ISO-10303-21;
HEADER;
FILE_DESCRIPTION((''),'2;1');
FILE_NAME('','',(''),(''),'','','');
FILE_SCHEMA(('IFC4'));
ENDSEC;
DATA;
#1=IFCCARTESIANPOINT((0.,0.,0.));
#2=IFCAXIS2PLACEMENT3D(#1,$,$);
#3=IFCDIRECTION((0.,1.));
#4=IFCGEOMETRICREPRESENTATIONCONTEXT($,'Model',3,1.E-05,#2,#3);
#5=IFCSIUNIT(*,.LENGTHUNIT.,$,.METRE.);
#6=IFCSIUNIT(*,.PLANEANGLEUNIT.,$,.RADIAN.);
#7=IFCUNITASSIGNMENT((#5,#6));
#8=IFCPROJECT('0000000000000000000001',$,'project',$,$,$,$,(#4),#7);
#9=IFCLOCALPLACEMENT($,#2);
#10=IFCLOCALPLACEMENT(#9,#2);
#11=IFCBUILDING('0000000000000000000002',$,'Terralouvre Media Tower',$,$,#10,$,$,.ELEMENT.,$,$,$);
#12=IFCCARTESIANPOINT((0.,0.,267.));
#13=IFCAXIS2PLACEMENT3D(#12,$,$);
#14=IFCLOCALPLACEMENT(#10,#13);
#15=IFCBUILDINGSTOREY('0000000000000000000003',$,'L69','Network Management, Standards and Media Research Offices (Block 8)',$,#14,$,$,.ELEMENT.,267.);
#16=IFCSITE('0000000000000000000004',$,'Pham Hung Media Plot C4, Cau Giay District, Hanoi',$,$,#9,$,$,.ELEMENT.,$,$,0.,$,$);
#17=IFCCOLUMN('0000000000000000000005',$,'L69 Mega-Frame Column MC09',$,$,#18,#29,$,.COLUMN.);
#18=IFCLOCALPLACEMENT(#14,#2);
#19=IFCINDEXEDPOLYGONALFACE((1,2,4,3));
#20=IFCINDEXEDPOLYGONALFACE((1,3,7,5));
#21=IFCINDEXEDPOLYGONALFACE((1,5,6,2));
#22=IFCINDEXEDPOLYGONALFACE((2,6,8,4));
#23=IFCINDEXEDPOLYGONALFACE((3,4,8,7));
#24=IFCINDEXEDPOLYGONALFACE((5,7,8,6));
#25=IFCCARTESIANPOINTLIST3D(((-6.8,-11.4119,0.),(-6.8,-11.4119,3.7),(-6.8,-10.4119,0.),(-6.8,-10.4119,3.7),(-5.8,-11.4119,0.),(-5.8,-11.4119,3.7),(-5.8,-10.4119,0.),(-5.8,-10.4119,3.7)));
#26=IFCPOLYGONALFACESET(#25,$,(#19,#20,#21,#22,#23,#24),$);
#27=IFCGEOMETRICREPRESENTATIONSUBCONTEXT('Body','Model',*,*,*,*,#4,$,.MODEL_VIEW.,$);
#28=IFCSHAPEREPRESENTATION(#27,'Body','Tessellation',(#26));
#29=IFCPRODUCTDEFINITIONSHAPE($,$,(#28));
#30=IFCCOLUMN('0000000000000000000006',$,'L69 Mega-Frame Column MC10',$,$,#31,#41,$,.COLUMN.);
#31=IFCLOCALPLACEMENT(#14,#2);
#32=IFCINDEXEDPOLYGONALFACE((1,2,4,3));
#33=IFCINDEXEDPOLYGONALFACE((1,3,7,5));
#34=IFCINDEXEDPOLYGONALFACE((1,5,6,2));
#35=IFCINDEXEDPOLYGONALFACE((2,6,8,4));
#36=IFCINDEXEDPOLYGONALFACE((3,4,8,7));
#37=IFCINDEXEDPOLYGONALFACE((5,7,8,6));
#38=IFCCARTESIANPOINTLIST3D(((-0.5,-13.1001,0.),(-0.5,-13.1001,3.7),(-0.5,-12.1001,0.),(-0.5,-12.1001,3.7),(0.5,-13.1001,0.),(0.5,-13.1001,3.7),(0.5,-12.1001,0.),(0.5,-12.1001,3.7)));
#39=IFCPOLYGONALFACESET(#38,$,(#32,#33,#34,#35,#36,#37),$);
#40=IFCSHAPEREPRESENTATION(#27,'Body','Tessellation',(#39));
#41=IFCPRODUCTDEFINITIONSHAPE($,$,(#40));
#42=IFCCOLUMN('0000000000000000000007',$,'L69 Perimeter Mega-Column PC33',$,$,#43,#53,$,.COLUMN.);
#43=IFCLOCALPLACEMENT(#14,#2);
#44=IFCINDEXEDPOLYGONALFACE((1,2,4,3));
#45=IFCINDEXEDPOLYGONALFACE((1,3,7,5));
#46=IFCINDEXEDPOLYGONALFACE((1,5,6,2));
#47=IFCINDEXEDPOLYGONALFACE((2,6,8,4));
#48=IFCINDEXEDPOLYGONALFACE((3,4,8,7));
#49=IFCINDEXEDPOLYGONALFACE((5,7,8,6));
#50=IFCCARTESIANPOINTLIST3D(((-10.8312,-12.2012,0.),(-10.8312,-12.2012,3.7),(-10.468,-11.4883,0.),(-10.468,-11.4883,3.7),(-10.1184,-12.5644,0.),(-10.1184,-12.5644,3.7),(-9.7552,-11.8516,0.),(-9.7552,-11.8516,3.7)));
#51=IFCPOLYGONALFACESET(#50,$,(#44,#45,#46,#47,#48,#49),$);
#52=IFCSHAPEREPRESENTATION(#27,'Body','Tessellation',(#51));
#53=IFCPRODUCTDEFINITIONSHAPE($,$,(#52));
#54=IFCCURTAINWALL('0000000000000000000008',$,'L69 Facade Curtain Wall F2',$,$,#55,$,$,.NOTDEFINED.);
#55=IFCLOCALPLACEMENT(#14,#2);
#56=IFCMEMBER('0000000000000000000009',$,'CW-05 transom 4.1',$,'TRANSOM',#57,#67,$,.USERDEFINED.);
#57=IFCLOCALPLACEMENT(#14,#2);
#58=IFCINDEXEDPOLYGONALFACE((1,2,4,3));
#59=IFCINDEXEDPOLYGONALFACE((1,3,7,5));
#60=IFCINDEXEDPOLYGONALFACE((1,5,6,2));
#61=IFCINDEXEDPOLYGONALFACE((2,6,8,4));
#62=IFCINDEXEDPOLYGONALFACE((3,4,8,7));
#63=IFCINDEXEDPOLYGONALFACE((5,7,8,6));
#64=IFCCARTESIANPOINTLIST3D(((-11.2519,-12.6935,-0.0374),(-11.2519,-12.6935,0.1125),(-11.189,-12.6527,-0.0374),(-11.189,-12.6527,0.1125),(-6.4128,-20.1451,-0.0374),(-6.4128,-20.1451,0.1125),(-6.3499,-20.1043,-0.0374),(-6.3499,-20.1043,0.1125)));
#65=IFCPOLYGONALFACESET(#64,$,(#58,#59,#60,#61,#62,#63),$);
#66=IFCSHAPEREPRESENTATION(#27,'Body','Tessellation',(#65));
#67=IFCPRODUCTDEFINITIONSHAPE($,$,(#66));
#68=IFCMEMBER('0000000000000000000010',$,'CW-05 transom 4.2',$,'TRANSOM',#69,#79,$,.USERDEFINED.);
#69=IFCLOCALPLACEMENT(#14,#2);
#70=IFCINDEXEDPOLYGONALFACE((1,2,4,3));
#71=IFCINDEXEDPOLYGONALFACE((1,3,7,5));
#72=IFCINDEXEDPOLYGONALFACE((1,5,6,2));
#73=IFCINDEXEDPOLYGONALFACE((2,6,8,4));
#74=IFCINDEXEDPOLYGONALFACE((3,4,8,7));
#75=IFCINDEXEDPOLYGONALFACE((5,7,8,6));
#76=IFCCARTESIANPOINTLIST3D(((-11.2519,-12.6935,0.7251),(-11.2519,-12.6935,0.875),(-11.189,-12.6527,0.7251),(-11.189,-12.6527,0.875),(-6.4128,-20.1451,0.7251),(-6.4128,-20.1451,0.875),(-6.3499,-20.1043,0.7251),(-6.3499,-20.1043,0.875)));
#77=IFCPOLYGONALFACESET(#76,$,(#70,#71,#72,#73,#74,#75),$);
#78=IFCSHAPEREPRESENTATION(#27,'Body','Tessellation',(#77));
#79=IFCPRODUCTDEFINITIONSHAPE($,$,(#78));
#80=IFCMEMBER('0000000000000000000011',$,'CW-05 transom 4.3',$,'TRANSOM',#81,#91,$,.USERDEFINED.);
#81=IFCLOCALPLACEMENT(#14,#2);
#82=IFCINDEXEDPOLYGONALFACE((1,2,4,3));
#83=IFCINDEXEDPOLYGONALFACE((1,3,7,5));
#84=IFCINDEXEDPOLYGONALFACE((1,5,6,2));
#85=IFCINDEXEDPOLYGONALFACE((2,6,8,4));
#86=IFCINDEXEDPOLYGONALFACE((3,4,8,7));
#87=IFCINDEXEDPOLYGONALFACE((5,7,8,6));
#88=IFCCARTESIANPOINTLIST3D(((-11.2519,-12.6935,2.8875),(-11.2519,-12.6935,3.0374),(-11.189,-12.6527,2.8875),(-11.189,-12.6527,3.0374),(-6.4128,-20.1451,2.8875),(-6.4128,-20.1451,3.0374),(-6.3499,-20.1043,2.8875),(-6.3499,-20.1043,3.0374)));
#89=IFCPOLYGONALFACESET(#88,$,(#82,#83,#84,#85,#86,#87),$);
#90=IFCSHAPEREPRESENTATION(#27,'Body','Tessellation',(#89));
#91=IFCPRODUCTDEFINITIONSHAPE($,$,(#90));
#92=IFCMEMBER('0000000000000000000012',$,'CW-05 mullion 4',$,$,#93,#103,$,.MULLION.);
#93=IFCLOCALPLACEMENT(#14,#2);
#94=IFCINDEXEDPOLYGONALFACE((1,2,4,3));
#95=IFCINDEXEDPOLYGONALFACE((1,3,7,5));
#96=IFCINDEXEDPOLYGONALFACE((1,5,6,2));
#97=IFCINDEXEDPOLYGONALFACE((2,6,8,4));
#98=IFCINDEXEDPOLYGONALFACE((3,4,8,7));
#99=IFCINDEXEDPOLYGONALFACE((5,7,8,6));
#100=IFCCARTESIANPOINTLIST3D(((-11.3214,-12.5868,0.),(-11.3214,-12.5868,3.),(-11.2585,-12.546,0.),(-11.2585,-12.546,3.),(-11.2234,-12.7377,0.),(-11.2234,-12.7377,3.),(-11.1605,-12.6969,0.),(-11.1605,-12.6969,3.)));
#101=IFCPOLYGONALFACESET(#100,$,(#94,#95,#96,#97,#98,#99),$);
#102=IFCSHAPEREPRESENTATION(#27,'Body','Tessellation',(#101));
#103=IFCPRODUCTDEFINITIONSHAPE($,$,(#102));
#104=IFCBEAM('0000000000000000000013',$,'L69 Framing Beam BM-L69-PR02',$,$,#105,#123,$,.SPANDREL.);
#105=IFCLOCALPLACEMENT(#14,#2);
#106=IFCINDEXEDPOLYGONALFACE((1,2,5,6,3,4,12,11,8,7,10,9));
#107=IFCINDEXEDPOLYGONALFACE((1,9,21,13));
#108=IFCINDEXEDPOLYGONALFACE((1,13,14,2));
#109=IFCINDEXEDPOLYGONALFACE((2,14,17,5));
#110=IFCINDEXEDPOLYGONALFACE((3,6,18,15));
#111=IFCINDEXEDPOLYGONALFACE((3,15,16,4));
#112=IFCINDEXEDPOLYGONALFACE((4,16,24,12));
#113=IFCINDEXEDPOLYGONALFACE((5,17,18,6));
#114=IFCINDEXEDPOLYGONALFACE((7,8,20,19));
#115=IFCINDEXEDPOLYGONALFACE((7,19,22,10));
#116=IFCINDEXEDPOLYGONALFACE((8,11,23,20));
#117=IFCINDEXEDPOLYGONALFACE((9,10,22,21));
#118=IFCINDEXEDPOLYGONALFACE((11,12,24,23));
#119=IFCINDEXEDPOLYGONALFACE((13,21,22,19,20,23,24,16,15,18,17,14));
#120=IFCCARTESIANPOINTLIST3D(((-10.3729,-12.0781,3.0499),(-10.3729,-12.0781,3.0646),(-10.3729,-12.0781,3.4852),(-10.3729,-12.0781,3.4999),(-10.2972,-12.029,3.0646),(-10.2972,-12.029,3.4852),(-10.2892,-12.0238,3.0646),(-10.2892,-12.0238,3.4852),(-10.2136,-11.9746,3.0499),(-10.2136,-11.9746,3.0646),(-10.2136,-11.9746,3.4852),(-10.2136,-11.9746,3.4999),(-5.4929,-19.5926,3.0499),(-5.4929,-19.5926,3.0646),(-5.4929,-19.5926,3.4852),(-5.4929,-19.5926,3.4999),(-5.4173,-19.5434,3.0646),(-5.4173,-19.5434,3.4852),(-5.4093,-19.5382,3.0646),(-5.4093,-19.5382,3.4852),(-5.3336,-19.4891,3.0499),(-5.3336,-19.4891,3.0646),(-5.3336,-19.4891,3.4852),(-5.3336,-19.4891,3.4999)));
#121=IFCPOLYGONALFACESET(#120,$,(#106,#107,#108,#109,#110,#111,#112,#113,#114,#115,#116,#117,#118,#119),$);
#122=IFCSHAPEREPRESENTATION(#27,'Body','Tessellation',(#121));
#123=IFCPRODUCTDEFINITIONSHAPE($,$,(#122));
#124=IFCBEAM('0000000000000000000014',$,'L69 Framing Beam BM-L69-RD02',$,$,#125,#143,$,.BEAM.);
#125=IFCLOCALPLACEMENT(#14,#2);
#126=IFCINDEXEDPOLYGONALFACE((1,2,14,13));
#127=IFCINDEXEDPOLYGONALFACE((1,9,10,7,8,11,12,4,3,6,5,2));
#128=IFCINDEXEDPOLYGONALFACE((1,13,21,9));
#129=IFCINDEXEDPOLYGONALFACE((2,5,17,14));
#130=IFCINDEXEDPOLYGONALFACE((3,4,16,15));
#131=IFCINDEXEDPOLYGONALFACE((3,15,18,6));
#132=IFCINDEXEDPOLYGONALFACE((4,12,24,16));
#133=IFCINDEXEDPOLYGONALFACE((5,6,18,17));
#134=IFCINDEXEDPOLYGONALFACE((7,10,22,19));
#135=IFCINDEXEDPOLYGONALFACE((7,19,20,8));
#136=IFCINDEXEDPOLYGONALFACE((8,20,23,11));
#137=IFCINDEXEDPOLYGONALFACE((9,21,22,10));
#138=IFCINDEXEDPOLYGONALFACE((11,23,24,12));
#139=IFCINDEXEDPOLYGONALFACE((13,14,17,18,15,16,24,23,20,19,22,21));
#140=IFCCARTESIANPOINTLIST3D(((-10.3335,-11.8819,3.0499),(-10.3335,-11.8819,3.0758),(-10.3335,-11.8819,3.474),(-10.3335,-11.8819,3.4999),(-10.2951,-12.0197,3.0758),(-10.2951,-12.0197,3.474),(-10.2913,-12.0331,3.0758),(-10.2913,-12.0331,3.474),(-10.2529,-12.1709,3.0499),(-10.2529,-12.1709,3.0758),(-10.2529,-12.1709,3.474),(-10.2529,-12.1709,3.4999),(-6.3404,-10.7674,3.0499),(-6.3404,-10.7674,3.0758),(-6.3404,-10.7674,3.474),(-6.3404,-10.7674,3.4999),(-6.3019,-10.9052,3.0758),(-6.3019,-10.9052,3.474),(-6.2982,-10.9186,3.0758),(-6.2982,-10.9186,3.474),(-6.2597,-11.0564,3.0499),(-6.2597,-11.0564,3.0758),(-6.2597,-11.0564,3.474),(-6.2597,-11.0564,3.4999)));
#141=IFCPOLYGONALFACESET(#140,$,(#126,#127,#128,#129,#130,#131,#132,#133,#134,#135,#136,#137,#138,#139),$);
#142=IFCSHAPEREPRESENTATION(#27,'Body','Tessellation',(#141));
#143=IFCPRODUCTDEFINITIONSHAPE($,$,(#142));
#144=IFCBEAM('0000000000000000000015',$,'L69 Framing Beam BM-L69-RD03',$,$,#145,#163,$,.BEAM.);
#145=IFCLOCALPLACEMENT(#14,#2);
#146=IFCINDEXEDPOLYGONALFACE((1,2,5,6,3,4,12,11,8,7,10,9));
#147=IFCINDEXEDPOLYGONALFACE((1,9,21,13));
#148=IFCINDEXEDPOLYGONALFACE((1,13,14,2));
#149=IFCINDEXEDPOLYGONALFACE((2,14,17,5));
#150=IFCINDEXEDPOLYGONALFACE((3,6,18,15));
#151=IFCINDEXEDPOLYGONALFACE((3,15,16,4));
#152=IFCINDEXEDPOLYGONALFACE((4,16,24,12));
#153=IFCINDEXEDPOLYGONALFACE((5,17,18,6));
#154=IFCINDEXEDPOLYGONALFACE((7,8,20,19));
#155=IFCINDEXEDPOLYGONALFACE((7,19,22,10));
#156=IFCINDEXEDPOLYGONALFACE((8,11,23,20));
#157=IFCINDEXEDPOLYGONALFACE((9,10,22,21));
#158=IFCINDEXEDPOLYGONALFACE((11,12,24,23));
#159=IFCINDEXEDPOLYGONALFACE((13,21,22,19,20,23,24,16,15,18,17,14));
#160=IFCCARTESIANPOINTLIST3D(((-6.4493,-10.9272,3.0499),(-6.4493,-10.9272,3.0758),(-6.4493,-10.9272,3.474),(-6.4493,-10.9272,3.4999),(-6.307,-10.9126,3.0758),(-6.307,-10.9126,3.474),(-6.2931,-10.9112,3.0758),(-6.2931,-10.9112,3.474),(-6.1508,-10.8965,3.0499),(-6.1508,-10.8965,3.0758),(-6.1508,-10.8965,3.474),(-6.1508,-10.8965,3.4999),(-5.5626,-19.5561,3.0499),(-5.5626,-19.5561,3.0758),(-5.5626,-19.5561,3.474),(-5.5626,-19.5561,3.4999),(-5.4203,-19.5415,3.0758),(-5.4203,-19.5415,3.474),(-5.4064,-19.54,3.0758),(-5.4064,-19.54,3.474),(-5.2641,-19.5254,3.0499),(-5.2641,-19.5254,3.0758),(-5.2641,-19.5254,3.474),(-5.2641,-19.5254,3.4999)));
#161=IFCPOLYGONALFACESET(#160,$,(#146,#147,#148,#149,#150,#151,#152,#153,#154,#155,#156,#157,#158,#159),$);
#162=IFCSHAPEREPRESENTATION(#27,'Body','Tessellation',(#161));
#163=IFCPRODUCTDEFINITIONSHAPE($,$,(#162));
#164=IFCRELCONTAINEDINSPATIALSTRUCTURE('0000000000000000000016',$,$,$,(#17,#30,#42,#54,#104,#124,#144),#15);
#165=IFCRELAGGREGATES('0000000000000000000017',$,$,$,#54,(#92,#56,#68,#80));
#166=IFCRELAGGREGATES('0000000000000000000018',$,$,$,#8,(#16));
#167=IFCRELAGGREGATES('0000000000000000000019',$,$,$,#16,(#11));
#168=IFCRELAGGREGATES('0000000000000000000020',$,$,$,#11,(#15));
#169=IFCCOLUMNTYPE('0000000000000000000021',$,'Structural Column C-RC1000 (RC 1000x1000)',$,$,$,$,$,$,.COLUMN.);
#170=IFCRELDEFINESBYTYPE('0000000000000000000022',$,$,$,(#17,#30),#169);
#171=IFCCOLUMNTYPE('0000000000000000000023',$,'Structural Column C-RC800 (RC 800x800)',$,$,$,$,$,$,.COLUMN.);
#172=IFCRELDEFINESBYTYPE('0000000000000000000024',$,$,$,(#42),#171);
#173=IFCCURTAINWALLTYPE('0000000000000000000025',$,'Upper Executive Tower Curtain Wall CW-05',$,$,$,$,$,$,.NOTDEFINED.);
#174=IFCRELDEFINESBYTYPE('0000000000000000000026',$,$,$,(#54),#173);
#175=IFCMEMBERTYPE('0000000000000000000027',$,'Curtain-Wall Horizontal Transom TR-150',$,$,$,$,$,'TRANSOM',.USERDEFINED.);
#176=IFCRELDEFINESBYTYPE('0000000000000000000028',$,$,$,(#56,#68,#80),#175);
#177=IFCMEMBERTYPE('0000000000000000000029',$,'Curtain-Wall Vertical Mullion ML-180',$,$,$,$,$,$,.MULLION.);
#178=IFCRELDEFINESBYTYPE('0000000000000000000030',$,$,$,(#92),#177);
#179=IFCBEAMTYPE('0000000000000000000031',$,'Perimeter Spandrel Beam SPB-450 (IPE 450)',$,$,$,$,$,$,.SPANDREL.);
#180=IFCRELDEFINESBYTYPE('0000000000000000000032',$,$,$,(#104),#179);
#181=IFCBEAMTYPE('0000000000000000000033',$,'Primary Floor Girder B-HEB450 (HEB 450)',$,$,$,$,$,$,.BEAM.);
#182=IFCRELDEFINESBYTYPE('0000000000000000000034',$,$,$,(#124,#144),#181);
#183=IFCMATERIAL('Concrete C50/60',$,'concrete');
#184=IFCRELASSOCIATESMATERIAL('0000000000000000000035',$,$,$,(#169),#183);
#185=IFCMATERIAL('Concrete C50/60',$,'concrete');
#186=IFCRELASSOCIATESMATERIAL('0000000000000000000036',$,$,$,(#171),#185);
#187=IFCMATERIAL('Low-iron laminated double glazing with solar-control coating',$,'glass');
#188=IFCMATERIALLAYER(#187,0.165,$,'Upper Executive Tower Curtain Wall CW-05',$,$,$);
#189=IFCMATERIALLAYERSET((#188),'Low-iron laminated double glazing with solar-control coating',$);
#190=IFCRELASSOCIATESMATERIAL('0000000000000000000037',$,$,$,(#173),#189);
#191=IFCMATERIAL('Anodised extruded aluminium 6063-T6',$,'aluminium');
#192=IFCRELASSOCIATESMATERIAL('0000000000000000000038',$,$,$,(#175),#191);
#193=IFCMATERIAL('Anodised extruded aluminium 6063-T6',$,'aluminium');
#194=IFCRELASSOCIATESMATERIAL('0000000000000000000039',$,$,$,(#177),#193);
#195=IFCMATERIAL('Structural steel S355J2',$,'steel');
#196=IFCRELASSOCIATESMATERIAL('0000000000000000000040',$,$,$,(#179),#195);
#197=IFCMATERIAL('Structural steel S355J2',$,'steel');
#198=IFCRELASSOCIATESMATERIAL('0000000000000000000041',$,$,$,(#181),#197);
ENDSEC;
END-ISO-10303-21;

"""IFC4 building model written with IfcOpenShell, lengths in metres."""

from ifc_helpers import new_model, si_unit, direction, frame, origin, origin_2d, place, context, subcontext, project, spatial, rectangle, i_section, extrude, material, layer, layer_set, material_profile, profile_set, type_object, element, aggregate, save


model = new_model("IFC4")

# Units and contexts
model_context = context("Model", 3, precision=1e-05, world=origin(), true_north=direction((0.0, 1.0)))
body_context = subcontext(model_context, "Body", "Model", "MODEL_VIEW")
ifc_project = project(units=[si_unit("LENGTHUNIT", "METRE"), si_unit("PLANEANGLEUNIT", "RADIAN")], contexts=[model_context])

# Site, building, storey
site_placement = place(None, origin())
site = spatial("IfcSite", under=ifc_project, at=site_placement, Name="Pham Hung Media Plot C4, Cau Giay District, Hanoi", CompositionType="ELEMENT", RefElevation=0.0)
building_placement = place(site_placement, origin())
building = spatial("IfcBuilding", under=site, at=building_placement, Name="Terralouvre Media Tower", CompositionType="ELEMENT")
storey_placement = place(building_placement, frame((0.0, 0.0, 267.0)))
storey = spatial("IfcBuildingStorey", under=building, at=storey_placement, Name="L69", Description="Network Management, Standards and Media Research Offices (Block 8)", CompositionType="ELEMENT", Elevation=267.0)

# Columns
ifc_material_1 = material(Name="Concrete C50/60", Category="concrete")
ifc_material_profile_1 = material_profile(ifc_material_1, rectangle(XDim=1.0, YDim=1.0, at=origin_2d()), Name="RC 1000x1000")
ifc_profile_set_1 = profile_set([ifc_material_profile_1], Name="Concrete C50/60")
column_type_1 = type_object("IfcColumnType", Name="Structural Column C-RC1000 (RC 1000x1000)", PredefinedType="COLUMN", material=ifc_profile_set_1)
for number, where, z_axis, x_axis, name in (
    (1, (-6.3, -10.9119, 0.0), (0.0, 0.0, 1.0), (1.0, 0.0, 0.0), "L69 Mega-Frame Column MC09"),
    (2, (0.0, -12.6001, 0.0), (0.0, 0.0, 1.0), (1.0, 0.0, 0.0), "L69 Mega-Frame Column MC10"),
):
    element("IfcColumn", number, at=place(storey_placement, frame(where, z_axis=z_axis, x_axis=x_axis)), inside=storey, type_object=column_type_1, Name=name, PredefinedType="COLUMN", context=body_context, shape_type="SweptSolid", body=[
        extrude(rectangle(XDim=1.0, YDim=1.0, at=origin_2d()), origin(), (0.0, 0.0, 1.0), 3.7),
    ])
ifc_material_2 = material(Name="Concrete C50/60", Category="concrete")
ifc_material_profile_2 = material_profile(ifc_material_2, rectangle(XDim=0.8, YDim=0.8, at=origin_2d()), Name="RC 800x800")
ifc_profile_set_2 = profile_set([ifc_material_profile_2], Name="Concrete C50/60")
column_type_2 = type_object("IfcColumnType", Name="Structural Column C-RC800 (RC 800x800)", PredefinedType="COLUMN", material=ifc_profile_set_2)
column_placement = place(storey_placement, frame((-10.2932, -12.0264, 0.0), z_axis=(0.0, 0.0, 1.0), x_axis=(0.45399, 0.891007, 0.0)))
element("IfcColumn", 3, at=column_placement, inside=storey, type_object=column_type_2, Name="L69 Perimeter Mega-Column PC33", PredefinedType="COLUMN", context=body_context, shape_type="SweptSolid", body=[
    extrude(rectangle(XDim=0.8, YDim=0.8, at=origin_2d()), origin(), (0.0, 0.0, 1.0), 3.7),
])

# Curtain wall, members
ifc_material_3 = material(Name="Low-iron laminated double glazing with solar-control coating", Category="glass")
ifc_layer_1 = layer(ifc_material_3, 0.165, Name="Upper Executive Tower Curtain Wall CW-05")
ifc_layer_set_1 = layer_set([ifc_layer_1], Name="Low-iron laminated double glazing with solar-control coating")
curtain_wall_type = type_object("IfcCurtainWallType", Name="Upper Executive Tower Curtain Wall CW-05", PredefinedType="NOTDEFINED", material=ifc_layer_set_1)
curtain_wall_placement = place(storey_placement, origin())
curtain_wall = element("IfcCurtainWall", 4, at=curtain_wall_placement, inside=storey, type_object=curtain_wall_type, Name="L69 Facade Curtain Wall F2", PredefinedType="NOTDEFINED")
ifc_material_4 = material(Name="Anodised extruded aluminium 6063-T6", Category="aluminium")
ifc_material_profile_3 = material_profile(ifc_material_4, rectangle(XDim=0.075, YDim=0.1499, at=origin_2d()), Name="ALU 75x150")
ifc_profile_set_3 = profile_set([ifc_material_profile_3], Name="Anodised extruded aluminium 6063-T6")
member_type_1 = type_object("IfcMemberType", Name="Curtain-Wall Horizontal Transom TR-150", ElementType="TRANSOM", PredefinedType="USERDEFINED", material=ifc_profile_set_3)
member_1_placement = place(storey_placement, frame((-11.2205, -12.6731, 0.0376), z_axis=(0.544635, -0.838673, 0.0), x_axis=(0.838673, 0.544635, 0.0)))
member_1 = element("IfcMember", 5, at=member_1_placement, type_object=member_type_1, Name="CW-05 transom 4.1", ObjectType="TRANSOM", PredefinedType="USERDEFINED", context=body_context, shape_type="SweptSolid", body=[
    extrude(rectangle(XDim=0.075, YDim=0.1499, at=origin_2d()), origin(), (0.0, 0.0, 1.0), 8.885),
])
member_2_placement = place(storey_placement, frame((-11.2205, -12.6731, 0.8), z_axis=(0.544635, -0.838673, 0.0), x_axis=(0.838673, 0.544635, 0.0)))
member_2 = element("IfcMember", 6, at=member_2_placement, type_object=member_type_1, Name="CW-05 transom 4.2", ObjectType="TRANSOM", PredefinedType="USERDEFINED", context=body_context, shape_type="SweptSolid", body=[
    extrude(rectangle(XDim=0.075, YDim=0.1499, at=origin_2d()), origin(), (0.0, 0.0, 1.0), 8.885),
])
member_3_placement = place(storey_placement, frame((-11.2205, -12.6731, 2.9624), z_axis=(0.544635, -0.838673, 0.0), x_axis=(0.838673, 0.544635, 0.0)))
member_3 = element("IfcMember", 7, at=member_3_placement, type_object=member_type_1, Name="CW-05 transom 4.3", ObjectType="TRANSOM", PredefinedType="USERDEFINED", context=body_context, shape_type="SweptSolid", body=[
    extrude(rectangle(XDim=0.075, YDim=0.1499, at=origin_2d()), origin(), (0.0, 0.0, 1.0), 8.885),
])
ifc_material_5 = material(Name="Anodised extruded aluminium 6063-T6", Category="aluminium")
ifc_material_profile_4 = material_profile(ifc_material_5, rectangle(XDim=0.075, YDim=0.1799, at=origin_2d()), Name="ALU 75x180")
ifc_profile_set_4 = profile_set([ifc_material_profile_4], Name="Anodised extruded aluminium 6063-T6")
member_type_2 = type_object("IfcMemberType", Name="Curtain-Wall Vertical Mullion ML-180", PredefinedType="MULLION", material=ifc_profile_set_4)
member_4_placement = place(storey_placement, frame((-11.241, -12.6418, 0.0), z_axis=(0.0, 0.0, 1.0), x_axis=(0.838671, 0.544639, 0.0)))
member_4 = element("IfcMember", 8, at=member_4_placement, type_object=member_type_2, Name="CW-05 mullion 4", PredefinedType="MULLION", context=body_context, shape_type="SweptSolid", body=[
    extrude(rectangle(XDim=0.075, YDim=0.1799, at=origin_2d()), origin(), (0.0, 0.0, 1.0), 3.0),
])
aggregate(curtain_wall, [member_4, member_1, member_2, member_3])

# Beams
ifc_material_6 = material(Name="Structural steel S355J2", Category="steel")
ifc_material_profile_5 = material_profile(ifc_material_6, i_section(OverallWidth=0.1899, OverallDepth=0.45, WebThickness=0.0095, FlangeThickness=0.0146, at=origin_2d()), Name="IPE 450")
ifc_profile_set_5 = profile_set([ifc_material_profile_5], Name="Structural steel S355J2")
beam_type_1 = type_object("IfcBeamType", Name="Perimeter Spandrel Beam SPB-450 (IPE 450)", PredefinedType="SPANDREL", material=ifc_profile_set_5)
beam_1_placement = place(storey_placement, frame((-10.2932, -12.0264, 3.2749), z_axis=(0.544637, -0.838672, 0.0), x_axis=(0.838672, 0.544637, 0.0)))
element("IfcBeam", 9, at=beam_1_placement, inside=storey, type_object=beam_type_1, Name="L69 Framing Beam BM-L69-PR02", PredefinedType="SPANDREL", context=body_context, shape_type="SweptSolid", body=[
    extrude(i_section(OverallWidth=0.1899, OverallDepth=0.45, WebThickness=0.0095, FlangeThickness=0.0146, at=origin_2d()), origin(), (0.0, 0.0, 1.0), 8.96),
])
ifc_material_7 = material(Name="Structural steel S355J2", Category="steel")
ifc_material_profile_6 = material_profile(ifc_material_7, i_section(OverallWidth=0.3, OverallDepth=0.45, WebThickness=0.0139, FlangeThickness=0.0259, at=origin_2d()), Name="HEB 450")
ifc_profile_set_6 = profile_set([ifc_material_profile_6], Name="Structural steel S355J2")
beam_type_2 = type_object("IfcBeamType", Name="Primary Floor Girder B-HEB450 (HEB 450)", PredefinedType="BEAM", material=ifc_profile_set_6)
beam_2_placement = place(storey_placement, frame((-6.3, -10.9119, 3.2749), z_axis=(-0.963188, -0.268828, 0.0), x_axis=(0.268828, -0.963188, 0.0)))
element("IfcBeam", 10, at=beam_2_placement, inside=storey, type_object=beam_type_2, Name="L69 Framing Beam BM-L69-RD02", PredefinedType="BEAM", context=body_context, shape_type="SweptSolid", body=[
    extrude(i_section(OverallWidth=0.3, OverallDepth=0.45, WebThickness=0.0139, FlangeThickness=0.0259, at=origin_2d()), origin(), (0.0, 0.0, 1.0), 4.1458),
])
beam_3_placement = place(storey_placement, frame((-6.3, -10.9119, 3.2749), z_axis=(0.102223, -0.994761, 0.0), x_axis=(0.994761, 0.102223, 0.0)))
element("IfcBeam", 11, at=beam_3_placement, inside=storey, type_object=beam_type_2, Name="L69 Framing Beam BM-L69-RD03", PredefinedType="BEAM", context=body_context, shape_type="SweptSolid", body=[
    extrude(i_section(OverallWidth=0.3, OverallDepth=0.45, WebThickness=0.0139, FlangeThickness=0.0259, at=origin_2d()), origin(), (0.0, 0.0, 1.0), 8.6743),
])

save(model, "model.ifc")
